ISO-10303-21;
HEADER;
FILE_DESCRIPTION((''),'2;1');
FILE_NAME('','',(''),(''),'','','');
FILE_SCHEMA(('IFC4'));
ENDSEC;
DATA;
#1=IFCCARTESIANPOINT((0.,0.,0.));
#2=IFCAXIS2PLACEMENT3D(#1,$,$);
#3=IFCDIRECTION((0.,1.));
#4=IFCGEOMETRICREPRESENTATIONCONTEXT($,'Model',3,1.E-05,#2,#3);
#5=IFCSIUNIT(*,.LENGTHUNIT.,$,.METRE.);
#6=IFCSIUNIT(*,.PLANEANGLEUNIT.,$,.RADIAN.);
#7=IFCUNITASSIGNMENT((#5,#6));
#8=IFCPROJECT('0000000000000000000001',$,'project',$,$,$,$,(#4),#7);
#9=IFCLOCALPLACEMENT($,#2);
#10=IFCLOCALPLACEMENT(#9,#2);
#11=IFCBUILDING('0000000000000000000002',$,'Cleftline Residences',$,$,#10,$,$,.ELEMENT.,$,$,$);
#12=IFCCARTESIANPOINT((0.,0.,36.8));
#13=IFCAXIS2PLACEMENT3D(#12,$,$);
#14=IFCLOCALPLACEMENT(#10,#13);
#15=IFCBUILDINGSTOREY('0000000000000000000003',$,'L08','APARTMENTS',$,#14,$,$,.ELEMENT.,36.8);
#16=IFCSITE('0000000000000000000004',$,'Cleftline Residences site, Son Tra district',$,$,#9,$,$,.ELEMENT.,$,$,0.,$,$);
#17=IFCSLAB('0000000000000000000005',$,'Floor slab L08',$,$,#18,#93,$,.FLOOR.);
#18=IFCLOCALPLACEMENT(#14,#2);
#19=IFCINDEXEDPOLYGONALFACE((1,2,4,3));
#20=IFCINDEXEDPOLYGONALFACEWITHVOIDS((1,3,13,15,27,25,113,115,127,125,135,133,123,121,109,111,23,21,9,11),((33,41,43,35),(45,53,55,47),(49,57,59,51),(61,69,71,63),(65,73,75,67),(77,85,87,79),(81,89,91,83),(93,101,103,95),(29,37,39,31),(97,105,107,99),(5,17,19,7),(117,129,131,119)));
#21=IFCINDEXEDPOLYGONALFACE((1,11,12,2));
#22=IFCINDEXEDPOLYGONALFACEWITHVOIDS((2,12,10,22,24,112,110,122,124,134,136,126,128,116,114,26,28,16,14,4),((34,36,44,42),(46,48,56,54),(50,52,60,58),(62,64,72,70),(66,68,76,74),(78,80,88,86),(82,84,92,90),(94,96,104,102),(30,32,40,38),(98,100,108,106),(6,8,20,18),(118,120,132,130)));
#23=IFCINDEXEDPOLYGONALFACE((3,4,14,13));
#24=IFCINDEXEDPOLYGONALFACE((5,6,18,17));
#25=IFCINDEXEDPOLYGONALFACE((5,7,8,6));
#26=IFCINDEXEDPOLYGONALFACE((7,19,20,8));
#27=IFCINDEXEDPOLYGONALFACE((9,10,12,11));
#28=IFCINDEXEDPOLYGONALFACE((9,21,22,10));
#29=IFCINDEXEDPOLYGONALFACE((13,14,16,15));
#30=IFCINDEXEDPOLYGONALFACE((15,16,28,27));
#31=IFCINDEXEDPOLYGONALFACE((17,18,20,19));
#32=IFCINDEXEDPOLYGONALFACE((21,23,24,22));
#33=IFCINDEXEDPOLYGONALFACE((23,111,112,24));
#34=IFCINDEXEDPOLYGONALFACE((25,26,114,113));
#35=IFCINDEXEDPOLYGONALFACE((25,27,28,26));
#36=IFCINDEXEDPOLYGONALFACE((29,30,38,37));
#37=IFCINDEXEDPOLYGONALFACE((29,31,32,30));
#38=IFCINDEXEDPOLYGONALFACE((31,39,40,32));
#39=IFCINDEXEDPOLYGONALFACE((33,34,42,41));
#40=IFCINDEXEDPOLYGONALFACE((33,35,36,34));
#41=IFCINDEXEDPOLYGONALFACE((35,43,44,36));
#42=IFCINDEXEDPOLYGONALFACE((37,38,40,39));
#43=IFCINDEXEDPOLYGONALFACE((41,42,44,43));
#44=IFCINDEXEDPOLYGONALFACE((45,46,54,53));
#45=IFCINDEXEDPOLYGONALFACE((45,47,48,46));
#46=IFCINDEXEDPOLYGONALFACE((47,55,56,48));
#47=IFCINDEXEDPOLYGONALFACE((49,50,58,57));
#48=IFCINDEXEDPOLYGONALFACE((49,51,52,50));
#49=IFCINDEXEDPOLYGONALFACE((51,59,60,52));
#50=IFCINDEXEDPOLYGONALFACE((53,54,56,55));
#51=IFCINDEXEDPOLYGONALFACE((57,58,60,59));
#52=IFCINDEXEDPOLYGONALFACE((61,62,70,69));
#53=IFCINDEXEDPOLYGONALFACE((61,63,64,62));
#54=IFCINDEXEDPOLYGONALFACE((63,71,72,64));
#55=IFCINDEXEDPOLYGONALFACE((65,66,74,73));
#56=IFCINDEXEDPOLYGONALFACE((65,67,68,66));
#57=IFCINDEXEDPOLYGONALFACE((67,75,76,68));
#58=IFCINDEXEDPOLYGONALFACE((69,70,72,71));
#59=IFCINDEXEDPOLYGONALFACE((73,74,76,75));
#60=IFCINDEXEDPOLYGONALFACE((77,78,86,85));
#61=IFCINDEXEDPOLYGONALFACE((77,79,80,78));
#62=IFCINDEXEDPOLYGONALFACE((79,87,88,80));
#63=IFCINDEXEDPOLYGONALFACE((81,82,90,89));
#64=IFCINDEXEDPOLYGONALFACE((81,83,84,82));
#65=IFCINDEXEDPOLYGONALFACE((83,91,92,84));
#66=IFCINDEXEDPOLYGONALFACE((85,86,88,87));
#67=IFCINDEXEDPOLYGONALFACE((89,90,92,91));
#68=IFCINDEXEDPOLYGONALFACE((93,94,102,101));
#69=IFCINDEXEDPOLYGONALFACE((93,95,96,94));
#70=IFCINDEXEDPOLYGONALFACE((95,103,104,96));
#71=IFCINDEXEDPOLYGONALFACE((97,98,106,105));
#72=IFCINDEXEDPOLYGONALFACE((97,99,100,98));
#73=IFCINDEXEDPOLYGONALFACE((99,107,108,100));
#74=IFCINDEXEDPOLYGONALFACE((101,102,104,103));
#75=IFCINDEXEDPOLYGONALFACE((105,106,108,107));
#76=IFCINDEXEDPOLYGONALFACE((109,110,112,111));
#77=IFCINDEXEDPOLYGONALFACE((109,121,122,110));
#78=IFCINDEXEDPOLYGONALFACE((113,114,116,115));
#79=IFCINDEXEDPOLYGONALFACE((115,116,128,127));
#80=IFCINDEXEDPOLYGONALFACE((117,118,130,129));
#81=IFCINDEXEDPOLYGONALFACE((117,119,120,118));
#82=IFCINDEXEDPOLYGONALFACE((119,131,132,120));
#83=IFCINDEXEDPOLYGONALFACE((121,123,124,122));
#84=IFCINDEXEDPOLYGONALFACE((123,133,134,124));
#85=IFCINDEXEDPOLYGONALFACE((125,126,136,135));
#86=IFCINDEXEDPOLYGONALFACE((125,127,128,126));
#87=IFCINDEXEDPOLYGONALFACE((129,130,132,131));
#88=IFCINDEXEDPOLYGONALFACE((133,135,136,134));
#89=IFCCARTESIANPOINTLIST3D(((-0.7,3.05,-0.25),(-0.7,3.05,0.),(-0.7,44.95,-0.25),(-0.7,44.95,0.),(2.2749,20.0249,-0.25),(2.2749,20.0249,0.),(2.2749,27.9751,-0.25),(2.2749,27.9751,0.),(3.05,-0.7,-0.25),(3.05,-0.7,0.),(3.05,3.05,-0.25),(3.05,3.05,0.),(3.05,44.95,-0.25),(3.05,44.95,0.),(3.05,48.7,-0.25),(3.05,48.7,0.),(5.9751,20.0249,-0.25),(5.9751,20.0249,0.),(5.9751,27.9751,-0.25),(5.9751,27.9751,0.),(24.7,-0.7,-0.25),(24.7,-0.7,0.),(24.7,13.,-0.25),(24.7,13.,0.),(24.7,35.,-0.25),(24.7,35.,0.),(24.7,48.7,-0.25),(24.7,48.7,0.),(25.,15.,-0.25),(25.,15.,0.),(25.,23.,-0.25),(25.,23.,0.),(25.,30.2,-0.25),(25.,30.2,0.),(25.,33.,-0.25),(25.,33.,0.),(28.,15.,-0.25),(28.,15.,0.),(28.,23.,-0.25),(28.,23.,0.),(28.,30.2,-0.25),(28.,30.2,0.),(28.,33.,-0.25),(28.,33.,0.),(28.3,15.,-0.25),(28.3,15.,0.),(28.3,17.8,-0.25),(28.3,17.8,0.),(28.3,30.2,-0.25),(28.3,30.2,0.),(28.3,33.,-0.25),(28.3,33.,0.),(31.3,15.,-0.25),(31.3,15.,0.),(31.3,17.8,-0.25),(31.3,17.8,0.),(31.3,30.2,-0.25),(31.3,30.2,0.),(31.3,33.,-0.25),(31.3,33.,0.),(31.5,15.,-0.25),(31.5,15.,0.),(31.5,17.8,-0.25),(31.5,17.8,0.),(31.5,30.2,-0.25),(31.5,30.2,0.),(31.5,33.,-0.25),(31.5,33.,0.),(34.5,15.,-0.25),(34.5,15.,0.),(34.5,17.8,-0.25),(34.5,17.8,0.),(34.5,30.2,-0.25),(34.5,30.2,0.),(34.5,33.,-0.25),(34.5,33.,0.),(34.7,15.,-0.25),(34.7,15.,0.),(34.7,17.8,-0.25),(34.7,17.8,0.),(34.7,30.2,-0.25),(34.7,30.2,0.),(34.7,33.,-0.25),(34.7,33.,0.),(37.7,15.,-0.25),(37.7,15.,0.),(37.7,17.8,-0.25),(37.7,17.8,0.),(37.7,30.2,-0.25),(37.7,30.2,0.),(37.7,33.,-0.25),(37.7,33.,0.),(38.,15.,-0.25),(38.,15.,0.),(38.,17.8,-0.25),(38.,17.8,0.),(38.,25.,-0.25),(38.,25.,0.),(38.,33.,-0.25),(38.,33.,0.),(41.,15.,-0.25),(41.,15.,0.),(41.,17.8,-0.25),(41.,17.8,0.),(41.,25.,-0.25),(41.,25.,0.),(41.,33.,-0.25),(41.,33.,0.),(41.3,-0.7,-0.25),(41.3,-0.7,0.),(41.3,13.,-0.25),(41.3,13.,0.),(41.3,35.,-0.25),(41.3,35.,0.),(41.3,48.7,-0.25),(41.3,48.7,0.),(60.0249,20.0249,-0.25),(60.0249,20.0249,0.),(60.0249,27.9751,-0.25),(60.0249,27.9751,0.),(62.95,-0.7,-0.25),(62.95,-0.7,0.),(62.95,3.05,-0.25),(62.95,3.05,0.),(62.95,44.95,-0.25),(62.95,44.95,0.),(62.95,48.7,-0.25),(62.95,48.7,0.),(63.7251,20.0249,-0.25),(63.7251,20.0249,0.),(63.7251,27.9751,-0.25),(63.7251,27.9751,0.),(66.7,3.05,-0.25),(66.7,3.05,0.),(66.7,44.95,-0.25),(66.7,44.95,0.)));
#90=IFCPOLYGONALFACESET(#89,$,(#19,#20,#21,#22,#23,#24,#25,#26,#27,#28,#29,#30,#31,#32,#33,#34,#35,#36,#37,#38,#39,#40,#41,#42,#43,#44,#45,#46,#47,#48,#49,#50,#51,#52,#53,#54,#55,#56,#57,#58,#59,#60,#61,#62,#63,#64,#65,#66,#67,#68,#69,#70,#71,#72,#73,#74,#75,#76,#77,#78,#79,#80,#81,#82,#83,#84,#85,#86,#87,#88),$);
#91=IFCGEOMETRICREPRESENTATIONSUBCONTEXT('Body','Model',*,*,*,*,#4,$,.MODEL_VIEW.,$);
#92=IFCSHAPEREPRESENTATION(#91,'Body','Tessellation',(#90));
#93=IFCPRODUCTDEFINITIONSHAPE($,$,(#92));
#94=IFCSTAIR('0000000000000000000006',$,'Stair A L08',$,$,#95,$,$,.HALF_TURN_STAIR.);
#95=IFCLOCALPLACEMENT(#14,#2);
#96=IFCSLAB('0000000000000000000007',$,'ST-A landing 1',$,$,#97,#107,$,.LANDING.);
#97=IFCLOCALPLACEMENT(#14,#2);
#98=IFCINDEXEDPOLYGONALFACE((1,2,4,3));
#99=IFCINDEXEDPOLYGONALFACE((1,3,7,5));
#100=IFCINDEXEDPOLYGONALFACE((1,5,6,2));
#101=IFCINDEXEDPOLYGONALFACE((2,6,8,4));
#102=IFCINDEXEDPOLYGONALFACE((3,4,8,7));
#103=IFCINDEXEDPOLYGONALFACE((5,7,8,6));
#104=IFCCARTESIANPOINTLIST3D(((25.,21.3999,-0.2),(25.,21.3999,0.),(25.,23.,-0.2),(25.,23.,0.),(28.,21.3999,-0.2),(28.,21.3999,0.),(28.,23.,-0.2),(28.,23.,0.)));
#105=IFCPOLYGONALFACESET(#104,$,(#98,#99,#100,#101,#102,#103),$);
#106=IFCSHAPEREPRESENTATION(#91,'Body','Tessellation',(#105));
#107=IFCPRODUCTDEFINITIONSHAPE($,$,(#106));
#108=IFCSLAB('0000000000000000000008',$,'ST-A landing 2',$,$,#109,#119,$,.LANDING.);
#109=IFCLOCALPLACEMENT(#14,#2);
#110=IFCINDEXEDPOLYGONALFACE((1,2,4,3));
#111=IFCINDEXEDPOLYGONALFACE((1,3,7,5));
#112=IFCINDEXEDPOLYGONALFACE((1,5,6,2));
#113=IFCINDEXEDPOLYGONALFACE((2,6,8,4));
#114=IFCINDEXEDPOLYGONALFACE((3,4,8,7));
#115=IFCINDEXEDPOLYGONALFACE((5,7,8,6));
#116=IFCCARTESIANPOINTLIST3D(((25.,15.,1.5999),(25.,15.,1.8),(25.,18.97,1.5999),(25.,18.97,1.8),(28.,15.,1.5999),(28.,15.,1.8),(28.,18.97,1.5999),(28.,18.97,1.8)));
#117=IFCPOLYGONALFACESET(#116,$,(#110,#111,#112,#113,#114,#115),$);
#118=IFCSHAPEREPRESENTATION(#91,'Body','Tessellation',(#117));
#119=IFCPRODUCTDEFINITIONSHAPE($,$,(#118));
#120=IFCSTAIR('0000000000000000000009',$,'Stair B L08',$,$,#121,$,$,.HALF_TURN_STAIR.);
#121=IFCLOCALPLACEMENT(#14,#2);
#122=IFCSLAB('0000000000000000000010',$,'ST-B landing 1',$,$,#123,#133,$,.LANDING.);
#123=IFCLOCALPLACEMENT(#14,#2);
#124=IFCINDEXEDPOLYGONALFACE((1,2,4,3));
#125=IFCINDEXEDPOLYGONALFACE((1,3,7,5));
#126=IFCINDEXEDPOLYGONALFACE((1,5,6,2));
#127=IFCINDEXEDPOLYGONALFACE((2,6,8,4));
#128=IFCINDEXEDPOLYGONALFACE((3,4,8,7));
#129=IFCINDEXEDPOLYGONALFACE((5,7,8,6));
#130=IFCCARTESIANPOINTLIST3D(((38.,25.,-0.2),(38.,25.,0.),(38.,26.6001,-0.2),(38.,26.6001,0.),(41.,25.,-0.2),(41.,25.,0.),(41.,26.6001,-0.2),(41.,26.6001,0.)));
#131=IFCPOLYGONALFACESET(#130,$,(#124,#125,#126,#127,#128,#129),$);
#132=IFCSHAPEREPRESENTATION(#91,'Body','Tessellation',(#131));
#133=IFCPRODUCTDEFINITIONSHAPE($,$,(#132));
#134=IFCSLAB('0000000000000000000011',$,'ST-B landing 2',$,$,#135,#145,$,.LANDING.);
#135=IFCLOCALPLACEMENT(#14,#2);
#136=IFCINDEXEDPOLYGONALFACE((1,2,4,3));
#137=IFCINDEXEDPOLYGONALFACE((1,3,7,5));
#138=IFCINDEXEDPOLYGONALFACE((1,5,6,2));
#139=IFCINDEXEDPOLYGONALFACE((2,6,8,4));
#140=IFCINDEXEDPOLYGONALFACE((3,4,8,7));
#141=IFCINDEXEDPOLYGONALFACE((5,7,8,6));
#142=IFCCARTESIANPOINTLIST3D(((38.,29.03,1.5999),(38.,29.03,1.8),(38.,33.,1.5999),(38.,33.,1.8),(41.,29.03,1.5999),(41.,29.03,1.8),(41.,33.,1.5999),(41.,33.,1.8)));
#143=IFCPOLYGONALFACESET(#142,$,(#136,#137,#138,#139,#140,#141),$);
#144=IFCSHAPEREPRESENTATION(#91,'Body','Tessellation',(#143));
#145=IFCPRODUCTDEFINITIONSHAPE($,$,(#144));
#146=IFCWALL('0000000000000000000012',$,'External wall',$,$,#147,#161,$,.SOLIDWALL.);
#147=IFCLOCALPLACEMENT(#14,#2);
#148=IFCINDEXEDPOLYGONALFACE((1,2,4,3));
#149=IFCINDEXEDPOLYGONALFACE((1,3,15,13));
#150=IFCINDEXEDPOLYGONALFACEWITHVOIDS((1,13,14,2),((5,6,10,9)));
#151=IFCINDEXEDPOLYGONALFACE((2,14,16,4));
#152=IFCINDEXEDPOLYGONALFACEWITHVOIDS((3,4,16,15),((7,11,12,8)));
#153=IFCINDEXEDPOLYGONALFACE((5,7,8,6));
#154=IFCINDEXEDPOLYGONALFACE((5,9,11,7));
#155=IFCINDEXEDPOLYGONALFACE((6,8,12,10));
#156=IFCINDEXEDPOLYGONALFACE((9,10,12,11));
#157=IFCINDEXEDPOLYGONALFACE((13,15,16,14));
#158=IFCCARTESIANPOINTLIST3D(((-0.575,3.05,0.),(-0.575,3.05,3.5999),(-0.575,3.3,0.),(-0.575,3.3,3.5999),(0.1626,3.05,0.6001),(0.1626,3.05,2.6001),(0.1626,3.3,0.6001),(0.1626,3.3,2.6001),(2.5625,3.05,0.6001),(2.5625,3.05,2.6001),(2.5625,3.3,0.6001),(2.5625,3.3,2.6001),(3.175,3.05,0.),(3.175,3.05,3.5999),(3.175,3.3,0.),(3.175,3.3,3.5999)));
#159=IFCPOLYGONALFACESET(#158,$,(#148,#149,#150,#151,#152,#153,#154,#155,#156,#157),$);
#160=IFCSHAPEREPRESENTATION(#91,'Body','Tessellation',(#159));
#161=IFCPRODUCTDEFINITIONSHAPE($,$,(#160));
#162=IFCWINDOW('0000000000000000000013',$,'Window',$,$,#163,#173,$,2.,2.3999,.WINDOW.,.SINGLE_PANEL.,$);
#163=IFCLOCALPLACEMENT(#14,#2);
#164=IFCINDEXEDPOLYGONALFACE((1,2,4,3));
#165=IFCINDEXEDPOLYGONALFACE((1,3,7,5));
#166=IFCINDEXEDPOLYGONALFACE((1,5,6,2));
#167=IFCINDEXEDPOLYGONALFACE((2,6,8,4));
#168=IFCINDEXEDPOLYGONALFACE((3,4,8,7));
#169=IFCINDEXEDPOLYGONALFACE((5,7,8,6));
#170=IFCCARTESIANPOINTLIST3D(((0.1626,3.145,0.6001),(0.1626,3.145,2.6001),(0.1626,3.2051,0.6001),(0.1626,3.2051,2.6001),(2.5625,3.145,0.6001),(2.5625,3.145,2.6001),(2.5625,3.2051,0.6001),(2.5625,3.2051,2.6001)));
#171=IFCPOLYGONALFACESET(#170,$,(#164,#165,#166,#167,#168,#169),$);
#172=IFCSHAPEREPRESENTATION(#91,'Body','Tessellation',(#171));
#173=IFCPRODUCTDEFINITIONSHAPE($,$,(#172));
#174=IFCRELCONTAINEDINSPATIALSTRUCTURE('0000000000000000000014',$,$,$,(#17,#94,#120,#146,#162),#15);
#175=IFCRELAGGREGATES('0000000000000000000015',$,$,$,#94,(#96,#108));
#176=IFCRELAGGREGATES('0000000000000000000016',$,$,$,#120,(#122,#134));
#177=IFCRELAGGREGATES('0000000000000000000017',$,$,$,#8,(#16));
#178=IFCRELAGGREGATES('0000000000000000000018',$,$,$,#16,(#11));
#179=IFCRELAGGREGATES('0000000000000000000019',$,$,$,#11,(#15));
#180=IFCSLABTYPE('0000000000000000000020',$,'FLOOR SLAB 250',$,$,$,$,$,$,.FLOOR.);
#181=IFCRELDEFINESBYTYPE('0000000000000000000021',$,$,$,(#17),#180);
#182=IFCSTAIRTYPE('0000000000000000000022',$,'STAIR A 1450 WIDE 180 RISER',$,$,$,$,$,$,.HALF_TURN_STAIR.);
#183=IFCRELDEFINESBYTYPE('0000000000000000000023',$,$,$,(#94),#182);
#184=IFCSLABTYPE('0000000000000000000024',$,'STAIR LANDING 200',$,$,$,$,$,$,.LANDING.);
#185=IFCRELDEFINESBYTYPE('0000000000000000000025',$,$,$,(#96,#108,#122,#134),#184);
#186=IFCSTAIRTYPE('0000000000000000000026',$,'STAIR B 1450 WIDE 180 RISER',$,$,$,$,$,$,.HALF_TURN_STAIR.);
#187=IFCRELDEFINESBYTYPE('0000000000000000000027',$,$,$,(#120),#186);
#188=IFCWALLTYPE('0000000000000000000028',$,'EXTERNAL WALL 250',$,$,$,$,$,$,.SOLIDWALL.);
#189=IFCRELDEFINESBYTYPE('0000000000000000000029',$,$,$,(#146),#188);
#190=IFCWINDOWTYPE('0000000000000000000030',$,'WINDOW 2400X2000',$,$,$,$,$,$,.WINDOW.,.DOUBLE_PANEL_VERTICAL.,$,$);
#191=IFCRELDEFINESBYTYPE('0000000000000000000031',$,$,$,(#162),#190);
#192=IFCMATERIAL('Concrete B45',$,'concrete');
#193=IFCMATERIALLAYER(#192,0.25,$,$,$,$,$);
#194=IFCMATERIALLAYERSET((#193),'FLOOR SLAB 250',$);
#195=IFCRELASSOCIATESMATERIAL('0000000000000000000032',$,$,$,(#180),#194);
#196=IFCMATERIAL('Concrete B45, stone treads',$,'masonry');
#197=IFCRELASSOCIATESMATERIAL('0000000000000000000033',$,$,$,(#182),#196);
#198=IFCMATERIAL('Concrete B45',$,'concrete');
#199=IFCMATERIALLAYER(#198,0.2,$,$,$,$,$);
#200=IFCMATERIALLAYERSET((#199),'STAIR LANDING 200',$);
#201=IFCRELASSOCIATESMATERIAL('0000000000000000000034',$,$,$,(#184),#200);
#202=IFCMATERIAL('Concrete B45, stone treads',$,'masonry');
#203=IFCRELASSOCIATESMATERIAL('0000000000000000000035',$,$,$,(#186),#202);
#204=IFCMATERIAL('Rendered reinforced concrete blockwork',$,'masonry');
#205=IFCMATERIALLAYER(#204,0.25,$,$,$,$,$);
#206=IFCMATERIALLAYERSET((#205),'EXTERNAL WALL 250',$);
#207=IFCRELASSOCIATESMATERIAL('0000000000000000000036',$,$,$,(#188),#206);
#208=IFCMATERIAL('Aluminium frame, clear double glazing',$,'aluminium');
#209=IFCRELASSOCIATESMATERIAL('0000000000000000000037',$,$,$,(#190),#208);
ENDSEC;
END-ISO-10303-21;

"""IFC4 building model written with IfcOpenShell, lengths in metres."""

from ifc_helpers import new_model, si_unit, direction, frame, frame_2d, origin, place, context, subcontext, project, spatial, polyline, rectangle, outline, extrude, material, layer, layer_set, type_object, element, fill, aggregate, save


model = new_model("IFC4")

# Units and contexts
model_context = context("Model", 3, precision=1e-05, world=origin(), true_north=direction((0.0, 1.0)))
body_context = subcontext(model_context, "Body", "Model", "MODEL_VIEW")
ifc_project = project(units=[si_unit("LENGTHUNIT", "METRE"), si_unit("PLANEANGLEUNIT", "RADIAN")], contexts=[model_context])

# Site, building, storey
site_placement = place(None, origin())
site = spatial("IfcSite", under=ifc_project, at=site_placement, Name="Cleftline Residences site, Son Tra district", CompositionType="ELEMENT", RefElevation=0.0)
building_placement = place(site_placement, origin())
building = spatial("IfcBuilding", under=site, at=building_placement, Name="Cleftline Residences", CompositionType="ELEMENT")
storey_placement = place(building_placement, frame((0.0, 0.0, 36.8)))
storey = spatial("IfcBuildingStorey", under=building, at=storey_placement, Name="L08", Description="APARTMENTS", CompositionType="ELEMENT", Elevation=36.8)

# Slab
ifc_material_1 = material(Name="Concrete B45", Category="concrete")
ifc_layer_1 = layer(ifc_material_1, 0.25)
ifc_layer_set_1 = layer_set([ifc_layer_1], Name="FLOOR SLAB 250")
slab_type_1 = type_object("IfcSlabType", Name="FLOOR SLAB 250", PredefinedType="FLOOR", material=ifc_layer_set_1)
slab_1_placement = place(storey_placement, frame((0.0, 0.0, -0.25)))
element("IfcSlab", 1, at=slab_1_placement, inside=storey, type_object=slab_type_1, Name="Floor slab L08", PredefinedType="FLOOR", context=body_context, shape_type="SweptSolid", body=[
    extrude(outline(polyline([(24.7, 13.0), (41.3, 13.0), (41.3, -0.7), (62.95, -0.7), (62.95, 3.05), (66.7, 3.05), (66.7, 44.95), (62.95, 44.95), (62.95, 48.7), (41.3, 48.7), (41.3, 35.0), (24.7, 35.0), (24.7, 48.7), (3.05, 48.7), (3.05, 44.95), (-0.7, 44.95), (-0.7, 3.05), (3.05, 3.05), (3.05, -0.7), (24.7, -0.7), (24.7, 13.0)]), holes=[polyline([(28.0, 15.0), (28.0, 23.0), (25.0, 23.0), (25.0, 15.0), (28.0, 15.0)]), polyline([(41.0, 25.0), (41.0, 33.0), (38.0, 33.0), (38.0, 25.0), (41.0, 25.0)]), polyline([(28.0, 30.2), (28.0, 33.0), (25.0, 33.0), (25.0, 30.2), (28.0, 30.2)]), polyline([(41.0, 15.0), (41.0, 17.8), (38.0, 17.8), (38.0, 15.0), (41.0, 15.0)]), polyline([(31.3, 15.0), (31.3, 17.8), (28.3, 17.8), (28.3, 15.0), (31.3, 15.0)]), polyline([(34.5, 15.0), (34.5, 17.8), (31.5, 17.8), (31.5, 15.0), (34.5, 15.0)]), polyline([(37.7, 15.0), (37.7, 17.8), (34.7, 17.8), (34.7, 15.0), (37.7, 15.0)]), polyline([(31.3, 30.2), (31.3, 33.0), (28.3, 33.0), (28.3, 30.2), (31.3, 30.2)]), polyline([(34.5, 30.2), (34.5, 33.0), (31.5, 33.0), (31.5, 30.2), (34.5, 30.2)]), polyline([(37.7, 30.2), (37.7, 33.0), (34.7, 33.0), (34.7, 30.2), (37.7, 30.2)]), polyline([(63.7251, 20.0249), (63.7251, 27.9751), (60.0249, 27.9751), (60.0249, 20.0249), (63.7251, 20.0249)]), polyline([(5.9751, 20.0249), (5.9751, 27.9751), (2.2749, 27.9751), (2.2749, 20.0249), (5.9751, 20.0249)])]), origin(), (0.0, 0.0, 1.0), 0.25),
])

# Stairs, slabs
ifc_material_2 = material(Name="Concrete B45, stone treads", Category="masonry")
stair_type_1 = type_object("IfcStairType", Name="STAIR A 1450 WIDE 180 RISER", PredefinedType="HALF_TURN_STAIR", material=ifc_material_2)
stair_1_placement = place(storey_placement, origin())
stair_1 = element("IfcStair", 2, at=stair_1_placement, inside=storey, type_object=stair_type_1, Name="Stair A L08", PredefinedType="HALF_TURN_STAIR")
ifc_material_3 = material(Name="Concrete B45", Category="concrete")
ifc_layer_2 = layer(ifc_material_3, 0.2)
ifc_layer_set_2 = layer_set([ifc_layer_2], Name="STAIR LANDING 200")
slab_type_2 = type_object("IfcSlabType", Name="STAIR LANDING 200", PredefinedType="LANDING", material=ifc_layer_set_2)
slab_2_placement = place(storey_placement, frame((0.0, 0.0, -0.2)))
slab_2 = element("IfcSlab", 3, at=slab_2_placement, type_object=slab_type_2, Name="ST-A landing 1", PredefinedType="LANDING", context=body_context, shape_type="SweptSolid", body=[
    extrude(outline(polyline([(25.0, 21.3999), (28.0, 21.3999), (28.0, 23.0), (25.0, 23.0), (25.0, 21.3999)])), origin(), (0.0, 0.0, 1.0), 0.2),
])
slab_3_placement = place(storey_placement, frame((0.0, 0.0, 1.5999)))
slab_3 = element("IfcSlab", 4, at=slab_3_placement, type_object=slab_type_2, Name="ST-A landing 2", PredefinedType="LANDING", context=body_context, shape_type="SweptSolid", body=[
    extrude(outline(polyline([(25.0, 15.0), (28.0, 15.0), (28.0, 18.97), (25.0, 18.97), (25.0, 15.0)])), origin(), (0.0, 0.0, 1.0), 0.2002),
])
aggregate(stair_1, [slab_2, slab_3])
ifc_material_4 = material(Name="Concrete B45, stone treads", Category="masonry")
stair_type_2 = type_object("IfcStairType", Name="STAIR B 1450 WIDE 180 RISER", PredefinedType="HALF_TURN_STAIR", material=ifc_material_4)
stair_2_placement = place(storey_placement, origin())
stair_2 = element("IfcStair", 5, at=stair_2_placement, inside=storey, type_object=stair_type_2, Name="Stair B L08", PredefinedType="HALF_TURN_STAIR")
slab_4_placement = place(storey_placement, frame((0.0, 0.0, -0.2)))
slab_4 = element("IfcSlab", 6, at=slab_4_placement, type_object=slab_type_2, Name="ST-B landing 1", PredefinedType="LANDING", context=body_context, shape_type="SweptSolid", body=[
    extrude(outline(polyline([(38.0, 25.0), (41.0, 25.0), (41.0, 26.6001), (38.0, 26.6001), (38.0, 25.0)])), origin(), (0.0, 0.0, 1.0), 0.2),
])
slab_5_placement = place(storey_placement, frame((0.0, 0.0, 1.5999)))
slab_5 = element("IfcSlab", 7, at=slab_5_placement, type_object=slab_type_2, Name="ST-B landing 2", PredefinedType="LANDING", context=body_context, shape_type="SweptSolid", body=[
    extrude(outline(polyline([(38.0, 29.03), (41.0, 29.03), (41.0, 33.0), (38.0, 33.0), (38.0, 29.03)])), origin(), (0.0, 0.0, 1.0), 0.2002),
])
aggregate(stair_2, [slab_4, slab_5])

# Wall, opening, window
ifc_material_5 = material(Name="Rendered reinforced concrete blockwork", Category="masonry")
ifc_layer_3 = layer(ifc_material_5, 0.25)
ifc_layer_set_3 = layer_set([ifc_layer_3], Name="EXTERNAL WALL 250")
wall_type = type_object("IfcWallType", Name="EXTERNAL WALL 250", PredefinedType="SOLIDWALL", material=ifc_layer_set_3)
wall_placement = place(storey_placement, frame((-0.575, 3.175, 0.0), z_axis=(0.0, 0.0, 1.0), x_axis=(1.0, 0.0, 0.0)))
wall = element("IfcWall", 8, at=wall_placement, inside=storey, type_object=wall_type, Name="External wall", PredefinedType="SOLIDWALL", context=body_context, shape_type="SweptSolid", body=[
    extrude(rectangle(XDim=3.75, YDim=0.25, at=frame_2d((1.875, 0.0))), origin(), (0.0, 0.0, 1.0), 3.5999),
])
opening_placement = place(wall_placement, frame((0.7375, 0.0, 0.6001)))
opening = element("IfcOpeningElement", 9, at=opening_placement, cuts=wall, PredefinedType="OPENING", context=body_context, shape_type="SweptSolid", body=[
    extrude(rectangle(XDim=2.3999, YDim=2.0, at=frame_2d((1.2, 1.0))), frame((0.0, 0.135, 0.0), z_axis=(0.0, -1.0, 0.0), x_axis=(1.0, 0.0, 0.0)), (0.0, 0.0, 1.0), 0.27),
])
ifc_material_6 = material(Name="Aluminium frame, clear double glazing", Category="aluminium")
window_type = type_object("IfcWindowType", Name="WINDOW 2400X2000", PartitioningType="DOUBLE_PANEL_VERTICAL", PredefinedType="WINDOW", material=ifc_material_6)
window_placement = place(opening_placement, origin())
window = element("IfcWindow", 10, at=window_placement, inside=storey, type_object=window_type, Name="Window", OverallHeight=2.0, OverallWidth=2.3999, PartitioningType="SINGLE_PANEL", PredefinedType="WINDOW", context=body_context, shape_type="SweptSolid", body=[
    extrude(rectangle(XDim=2.3999, YDim=2.0, at=frame_2d((1.2, 1.0))), frame((0.0, 0.03, 0.0), z_axis=(0.0, -1.0, 0.0), x_axis=(1.0, 0.0, 0.0)), (0.0, 0.0, 1.0), 0.0601),
])
fill(opening, window)

save(model, "model.ifc")
